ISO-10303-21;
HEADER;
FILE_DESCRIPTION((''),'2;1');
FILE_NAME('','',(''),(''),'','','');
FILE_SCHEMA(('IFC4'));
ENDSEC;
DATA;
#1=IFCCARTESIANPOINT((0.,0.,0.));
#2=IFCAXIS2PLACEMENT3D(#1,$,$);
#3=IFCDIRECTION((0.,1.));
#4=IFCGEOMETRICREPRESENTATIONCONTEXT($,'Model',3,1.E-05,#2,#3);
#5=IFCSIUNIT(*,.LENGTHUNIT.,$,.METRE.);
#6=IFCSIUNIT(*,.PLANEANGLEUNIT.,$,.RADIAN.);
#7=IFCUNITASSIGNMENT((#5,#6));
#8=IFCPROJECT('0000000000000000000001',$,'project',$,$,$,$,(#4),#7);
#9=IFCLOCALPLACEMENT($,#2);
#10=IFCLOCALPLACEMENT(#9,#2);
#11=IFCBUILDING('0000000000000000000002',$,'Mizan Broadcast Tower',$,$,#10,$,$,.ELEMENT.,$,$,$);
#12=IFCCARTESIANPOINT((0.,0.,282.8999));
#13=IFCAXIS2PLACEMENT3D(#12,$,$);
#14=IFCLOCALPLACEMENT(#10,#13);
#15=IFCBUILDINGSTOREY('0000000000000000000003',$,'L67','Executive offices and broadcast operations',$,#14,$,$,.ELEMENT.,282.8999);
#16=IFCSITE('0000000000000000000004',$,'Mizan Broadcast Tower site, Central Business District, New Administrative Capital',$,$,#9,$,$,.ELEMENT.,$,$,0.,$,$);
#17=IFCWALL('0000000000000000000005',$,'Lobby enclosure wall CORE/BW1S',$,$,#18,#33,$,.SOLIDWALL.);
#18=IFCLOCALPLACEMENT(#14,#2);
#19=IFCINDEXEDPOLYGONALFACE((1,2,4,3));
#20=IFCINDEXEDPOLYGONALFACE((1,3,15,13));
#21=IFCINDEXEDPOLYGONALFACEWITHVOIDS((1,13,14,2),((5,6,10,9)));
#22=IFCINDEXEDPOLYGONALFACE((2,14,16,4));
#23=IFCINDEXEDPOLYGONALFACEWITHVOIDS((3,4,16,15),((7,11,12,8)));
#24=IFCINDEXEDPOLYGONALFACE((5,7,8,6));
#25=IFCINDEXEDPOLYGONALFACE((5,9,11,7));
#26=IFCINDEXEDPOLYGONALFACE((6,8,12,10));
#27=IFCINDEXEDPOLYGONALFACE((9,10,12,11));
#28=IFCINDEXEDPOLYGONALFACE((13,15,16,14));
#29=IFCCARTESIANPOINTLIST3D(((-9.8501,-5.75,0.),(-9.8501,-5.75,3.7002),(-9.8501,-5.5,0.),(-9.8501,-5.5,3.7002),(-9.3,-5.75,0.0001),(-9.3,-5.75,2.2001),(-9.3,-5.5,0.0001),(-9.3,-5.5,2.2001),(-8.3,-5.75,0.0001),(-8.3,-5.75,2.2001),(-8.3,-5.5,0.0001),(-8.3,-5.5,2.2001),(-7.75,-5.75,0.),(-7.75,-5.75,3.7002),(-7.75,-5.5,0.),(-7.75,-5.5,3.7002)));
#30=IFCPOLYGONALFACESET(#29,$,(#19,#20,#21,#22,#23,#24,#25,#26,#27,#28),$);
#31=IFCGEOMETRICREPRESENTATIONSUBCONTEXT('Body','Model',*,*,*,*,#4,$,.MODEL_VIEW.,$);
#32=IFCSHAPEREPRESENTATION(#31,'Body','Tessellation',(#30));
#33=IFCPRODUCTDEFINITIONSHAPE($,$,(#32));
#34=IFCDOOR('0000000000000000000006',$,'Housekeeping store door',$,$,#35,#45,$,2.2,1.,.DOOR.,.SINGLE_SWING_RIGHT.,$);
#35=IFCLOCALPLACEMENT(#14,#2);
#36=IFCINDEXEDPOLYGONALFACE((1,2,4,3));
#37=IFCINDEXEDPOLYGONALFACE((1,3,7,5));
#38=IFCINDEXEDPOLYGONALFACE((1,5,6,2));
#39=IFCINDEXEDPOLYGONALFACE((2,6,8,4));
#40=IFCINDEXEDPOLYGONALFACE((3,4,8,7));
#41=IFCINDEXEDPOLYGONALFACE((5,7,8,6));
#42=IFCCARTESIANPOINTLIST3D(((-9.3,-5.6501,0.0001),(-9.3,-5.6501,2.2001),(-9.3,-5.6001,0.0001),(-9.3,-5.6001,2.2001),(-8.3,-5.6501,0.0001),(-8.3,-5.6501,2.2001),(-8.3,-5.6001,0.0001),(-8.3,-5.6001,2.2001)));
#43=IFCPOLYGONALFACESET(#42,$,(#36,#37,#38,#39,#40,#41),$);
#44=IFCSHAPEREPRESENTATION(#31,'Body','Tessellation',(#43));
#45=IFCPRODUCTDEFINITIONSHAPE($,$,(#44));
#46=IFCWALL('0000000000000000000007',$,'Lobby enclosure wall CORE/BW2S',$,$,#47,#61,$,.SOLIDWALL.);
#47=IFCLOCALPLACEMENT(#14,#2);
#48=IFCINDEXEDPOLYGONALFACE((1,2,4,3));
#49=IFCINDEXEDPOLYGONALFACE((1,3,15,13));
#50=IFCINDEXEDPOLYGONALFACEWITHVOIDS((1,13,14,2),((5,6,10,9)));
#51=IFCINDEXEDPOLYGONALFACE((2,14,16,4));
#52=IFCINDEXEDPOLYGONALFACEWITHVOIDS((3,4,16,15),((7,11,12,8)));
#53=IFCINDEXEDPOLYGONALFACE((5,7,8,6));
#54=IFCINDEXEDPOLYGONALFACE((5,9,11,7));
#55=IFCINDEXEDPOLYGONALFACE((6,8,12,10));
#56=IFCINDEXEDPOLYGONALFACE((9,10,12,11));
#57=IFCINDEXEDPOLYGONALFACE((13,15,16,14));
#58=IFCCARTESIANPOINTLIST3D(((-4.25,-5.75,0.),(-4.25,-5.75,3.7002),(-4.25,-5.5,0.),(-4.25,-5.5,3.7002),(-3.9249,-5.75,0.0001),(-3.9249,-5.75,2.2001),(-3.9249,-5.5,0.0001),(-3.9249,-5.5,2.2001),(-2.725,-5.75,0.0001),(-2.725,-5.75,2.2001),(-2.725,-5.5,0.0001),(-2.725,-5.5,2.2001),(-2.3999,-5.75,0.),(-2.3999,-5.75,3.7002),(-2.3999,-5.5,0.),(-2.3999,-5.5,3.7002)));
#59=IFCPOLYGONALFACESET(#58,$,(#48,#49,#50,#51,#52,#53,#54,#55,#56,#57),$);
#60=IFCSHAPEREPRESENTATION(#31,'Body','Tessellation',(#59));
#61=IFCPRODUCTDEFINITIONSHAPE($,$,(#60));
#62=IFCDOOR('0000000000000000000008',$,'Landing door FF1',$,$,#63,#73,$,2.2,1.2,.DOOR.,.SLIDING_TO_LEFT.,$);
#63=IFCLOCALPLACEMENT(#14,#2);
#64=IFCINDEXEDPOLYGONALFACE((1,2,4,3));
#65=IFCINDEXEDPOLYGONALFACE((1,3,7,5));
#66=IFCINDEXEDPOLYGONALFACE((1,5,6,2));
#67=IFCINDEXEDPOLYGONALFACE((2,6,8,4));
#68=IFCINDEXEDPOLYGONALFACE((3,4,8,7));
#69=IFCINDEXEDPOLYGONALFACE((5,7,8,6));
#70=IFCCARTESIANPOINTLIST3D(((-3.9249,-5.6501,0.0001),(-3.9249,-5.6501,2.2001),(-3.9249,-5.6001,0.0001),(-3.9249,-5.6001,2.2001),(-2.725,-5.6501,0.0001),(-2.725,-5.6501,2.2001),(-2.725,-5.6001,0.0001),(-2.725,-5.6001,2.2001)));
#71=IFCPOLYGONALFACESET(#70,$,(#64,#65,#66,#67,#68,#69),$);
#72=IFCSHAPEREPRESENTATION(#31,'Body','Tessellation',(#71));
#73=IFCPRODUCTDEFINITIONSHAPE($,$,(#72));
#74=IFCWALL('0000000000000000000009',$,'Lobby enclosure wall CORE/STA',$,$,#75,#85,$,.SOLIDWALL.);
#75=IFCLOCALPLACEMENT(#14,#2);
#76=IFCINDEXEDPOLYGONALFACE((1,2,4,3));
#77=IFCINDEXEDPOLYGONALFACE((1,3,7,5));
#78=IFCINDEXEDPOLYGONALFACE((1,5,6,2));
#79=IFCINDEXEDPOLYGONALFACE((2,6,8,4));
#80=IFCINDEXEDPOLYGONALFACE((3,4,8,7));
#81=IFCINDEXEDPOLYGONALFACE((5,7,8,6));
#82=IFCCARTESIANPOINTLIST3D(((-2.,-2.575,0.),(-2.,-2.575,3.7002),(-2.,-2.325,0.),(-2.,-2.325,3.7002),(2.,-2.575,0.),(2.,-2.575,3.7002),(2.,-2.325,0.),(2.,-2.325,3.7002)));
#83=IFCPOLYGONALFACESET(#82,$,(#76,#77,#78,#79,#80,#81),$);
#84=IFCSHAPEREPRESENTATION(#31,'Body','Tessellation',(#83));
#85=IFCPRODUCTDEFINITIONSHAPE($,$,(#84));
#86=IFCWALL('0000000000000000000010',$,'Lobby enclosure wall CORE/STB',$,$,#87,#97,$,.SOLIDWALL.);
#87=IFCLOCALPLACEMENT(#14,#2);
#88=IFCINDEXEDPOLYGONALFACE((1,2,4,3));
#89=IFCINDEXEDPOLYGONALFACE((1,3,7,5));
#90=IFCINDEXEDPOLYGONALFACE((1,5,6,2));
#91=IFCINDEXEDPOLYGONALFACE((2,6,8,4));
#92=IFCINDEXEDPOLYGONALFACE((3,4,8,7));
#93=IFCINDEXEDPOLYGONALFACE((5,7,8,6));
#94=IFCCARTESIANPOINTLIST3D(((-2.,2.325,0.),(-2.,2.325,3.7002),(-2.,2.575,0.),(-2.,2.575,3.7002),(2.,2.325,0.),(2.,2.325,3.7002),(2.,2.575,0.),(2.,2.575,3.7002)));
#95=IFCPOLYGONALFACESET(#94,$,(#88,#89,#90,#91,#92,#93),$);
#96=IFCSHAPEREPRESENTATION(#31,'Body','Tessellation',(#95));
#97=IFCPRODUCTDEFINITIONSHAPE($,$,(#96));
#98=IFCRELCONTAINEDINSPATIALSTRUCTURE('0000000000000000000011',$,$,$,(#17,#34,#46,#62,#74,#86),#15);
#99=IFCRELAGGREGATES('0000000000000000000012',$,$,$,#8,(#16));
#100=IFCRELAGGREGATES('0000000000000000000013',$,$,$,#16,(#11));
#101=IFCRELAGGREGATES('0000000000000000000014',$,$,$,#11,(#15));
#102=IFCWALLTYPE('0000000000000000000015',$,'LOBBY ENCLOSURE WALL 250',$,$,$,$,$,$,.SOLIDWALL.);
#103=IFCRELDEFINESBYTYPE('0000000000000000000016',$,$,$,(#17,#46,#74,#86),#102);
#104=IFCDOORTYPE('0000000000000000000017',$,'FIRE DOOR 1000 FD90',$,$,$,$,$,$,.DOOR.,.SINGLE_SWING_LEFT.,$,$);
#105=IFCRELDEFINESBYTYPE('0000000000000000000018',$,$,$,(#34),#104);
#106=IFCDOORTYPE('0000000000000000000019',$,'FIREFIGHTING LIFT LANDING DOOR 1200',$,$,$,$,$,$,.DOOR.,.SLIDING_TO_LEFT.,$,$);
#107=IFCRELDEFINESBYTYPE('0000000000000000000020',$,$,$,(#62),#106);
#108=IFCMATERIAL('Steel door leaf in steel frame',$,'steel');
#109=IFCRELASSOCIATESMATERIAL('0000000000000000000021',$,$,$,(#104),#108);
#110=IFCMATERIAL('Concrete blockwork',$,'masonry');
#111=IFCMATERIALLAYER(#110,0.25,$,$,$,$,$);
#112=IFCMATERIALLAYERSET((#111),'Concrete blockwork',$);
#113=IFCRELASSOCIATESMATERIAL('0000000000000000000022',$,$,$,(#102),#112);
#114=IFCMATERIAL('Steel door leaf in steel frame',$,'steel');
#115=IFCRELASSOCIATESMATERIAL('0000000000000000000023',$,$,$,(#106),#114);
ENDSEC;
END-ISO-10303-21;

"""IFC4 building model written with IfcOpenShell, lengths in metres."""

from ifc_helpers import new_model, si_unit, direction, frame, frame_2d, origin, place, context, subcontext, project, spatial, rectangle, extrude, material, layer, layer_set, type_object, element, fill, save


model = new_model("IFC4")

# Units and contexts
model_context = context("Model", 3, precision=1e-05, world=origin(), true_north=direction((0.0, 1.0)))
body_context = subcontext(model_context, "Body", "Model", "MODEL_VIEW")
ifc_project = project(units=[si_unit("LENGTHUNIT", "METRE"), si_unit("PLANEANGLEUNIT", "RADIAN")], contexts=[model_context])

# Site, building, storey
site_placement = place(None, origin())
site = spatial("IfcSite", under=ifc_project, at=site_placement, Name="Mizan Broadcast Tower site, Central Business District, New Administrative Capital", CompositionType="ELEMENT", RefElevation=0.0)
building_placement = place(site_placement, origin())
building = spatial("IfcBuilding", under=site, at=building_placement, Name="Mizan Broadcast Tower", CompositionType="ELEMENT")
storey_placement = place(building_placement, frame((0.0, 0.0, 282.8999)))
storey = spatial("IfcBuildingStorey", under=building, at=storey_placement, Name="L67", Description="Executive offices and broadcast operations", CompositionType="ELEMENT", Elevation=282.8999)

# Shared definitions
ifc_material_1 = material(Name="Steel door leaf in steel frame", Category="steel")
door_type_1 = type_object("IfcDoorType", Name="FIRE DOOR 1000 FD90", OperationType="SINGLE_SWING_LEFT", PredefinedType="DOOR", material=ifc_material_1)

# Walls, openings, doors
ifc_material_2 = material(Name="Concrete blockwork", Category="masonry")
ifc_layer_1 = layer(ifc_material_2, 0.25)
ifc_layer_set_1 = layer_set([ifc_layer_1], Name="Concrete blockwork")
wall_type_1 = type_object("IfcWallType", Name="LOBBY ENCLOSURE WALL 250", PredefinedType="SOLIDWALL", material=ifc_layer_set_1)
wall_1_placement = place(storey_placement, frame((-9.8501, -5.625, 0.0), z_axis=(0.0, 0.0, 1.0), x_axis=(1.0, 0.0, 0.0)))
wall_1 = element("IfcWall", 1, at=wall_1_placement, inside=storey, type_object=wall_type_1, Name="Lobby enclosure wall CORE/BW1S", PredefinedType="SOLIDWALL", context=body_context, shape_type="SweptSolid", body=[
    extrude(rectangle(XDim=2.1001, YDim=0.25, at=frame_2d((1.05, 0.0))), origin(), (0.0, 0.0, 1.0), 3.7002),
])
opening_1_placement = place(wall_1_placement, frame((0.55, 0.0, 0.0)))
opening_1 = element("IfcOpeningElement", 2, at=opening_1_placement, cuts=wall_1, PredefinedType="OPENING", context=body_context, shape_type="SweptSolid", body=[
    extrude(rectangle(XDim=1.0, YDim=2.2, at=frame_2d((0.5, 1.1001))), frame((0.0, 0.135, 0.0), z_axis=(0.0, -1.0, 0.0), x_axis=(1.0, 0.0, 0.0)), (0.0, 0.0, 1.0), 0.27),
])
door_1_placement = place(opening_1_placement, origin())
door_1 = element("IfcDoor", 3, at=door_1_placement, inside=storey, type_object=door_type_1, Name="Housekeeping store door", OperationType="SINGLE_SWING_RIGHT", OverallHeight=2.2, OverallWidth=1.0, PredefinedType="DOOR", context=body_context, shape_type="SweptSolid", body=[
    extrude(rectangle(XDim=1.0, YDim=2.2, at=frame_2d((0.5, 1.1001))), frame((0.0, 0.0249, 0.0), z_axis=(0.0, -1.0, 0.0), x_axis=(1.0, 0.0, 0.0)), (0.0, 0.0, 1.0), 0.05),
])
fill(opening_1, door_1)
wall_2_placement = place(storey_placement, frame((-4.25, -5.625, 0.0), z_axis=(0.0, 0.0, 1.0), x_axis=(1.0, 0.0, 0.0)))
wall_2 = element("IfcWall", 4, at=wall_2_placement, inside=storey, type_object=wall_type_1, Name="Lobby enclosure wall CORE/BW2S", PredefinedType="SOLIDWALL", context=body_context, shape_type="SweptSolid", body=[
    extrude(rectangle(XDim=1.8501, YDim=0.25, at=frame_2d((0.925, 0.0))), origin(), (0.0, 0.0, 1.0), 3.7002),
])
opening_2_placement = place(wall_2_placement, frame((0.325, 0.0, 0.0)))
opening_2 = element("IfcOpeningElement", 5, at=opening_2_placement, cuts=wall_2, PredefinedType="OPENING", context=body_context, shape_type="SweptSolid", body=[
    extrude(rectangle(XDim=1.2, YDim=2.2, at=frame_2d((0.6001, 1.1001))), frame((0.0, 0.135, 0.0), z_axis=(0.0, -1.0, 0.0), x_axis=(1.0, 0.0, 0.0)), (0.0, 0.0, 1.0), 0.27),
])
ifc_material_3 = material(Name="Steel door leaf in steel frame", Category="steel")
door_type_2 = type_object("IfcDoorType", Name="FIREFIGHTING LIFT LANDING DOOR 1200", OperationType="SLIDING_TO_LEFT", PredefinedType="DOOR", material=ifc_material_3)
door_2_placement = place(opening_2_placement, origin())
door_2 = element("IfcDoor", 6, at=door_2_placement, inside=storey, type_object=door_type_2, Name="Landing door FF1", OperationType="SLIDING_TO_LEFT", OverallHeight=2.2, OverallWidth=1.2, PredefinedType="DOOR", context=body_context, shape_type="SweptSolid", body=[
    extrude(rectangle(XDim=1.2, YDim=2.2, at=frame_2d((0.6001, 1.1001))), frame((0.0, 0.0249, 0.0), z_axis=(0.0, -1.0, 0.0), x_axis=(1.0, 0.0, 0.0)), (0.0, 0.0, 1.0), 0.05),
])
fill(opening_2, door_2)

# Walls
for number, where, z_axis, x_axis, name in (
    (7, (-2.0, -2.45, 0.0), (0.0, 0.0, 1.0), (1.0, 0.0, 0.0), "Lobby enclosure wall CORE/STA"),
    (8, (-2.0, 2.45, 0.0), (0.0, 0.0, 1.0), (1.0, 0.0, 0.0), "Lobby enclosure wall CORE/STB"),
):
    element("IfcWall", number, at=place(storey_placement, frame(where, z_axis=z_axis, x_axis=x_axis)), inside=storey, type_object=wall_type_1, Name=name, PredefinedType="SOLIDWALL", context=body_context, shape_type="SweptSolid", body=[
        extrude(rectangle(XDim=4.0, YDim=0.25, at=frame_2d((2.0, 0.0))), origin(), (0.0, 0.0, 1.0), 3.7002),
    ])

save(model, "model.ifc")
